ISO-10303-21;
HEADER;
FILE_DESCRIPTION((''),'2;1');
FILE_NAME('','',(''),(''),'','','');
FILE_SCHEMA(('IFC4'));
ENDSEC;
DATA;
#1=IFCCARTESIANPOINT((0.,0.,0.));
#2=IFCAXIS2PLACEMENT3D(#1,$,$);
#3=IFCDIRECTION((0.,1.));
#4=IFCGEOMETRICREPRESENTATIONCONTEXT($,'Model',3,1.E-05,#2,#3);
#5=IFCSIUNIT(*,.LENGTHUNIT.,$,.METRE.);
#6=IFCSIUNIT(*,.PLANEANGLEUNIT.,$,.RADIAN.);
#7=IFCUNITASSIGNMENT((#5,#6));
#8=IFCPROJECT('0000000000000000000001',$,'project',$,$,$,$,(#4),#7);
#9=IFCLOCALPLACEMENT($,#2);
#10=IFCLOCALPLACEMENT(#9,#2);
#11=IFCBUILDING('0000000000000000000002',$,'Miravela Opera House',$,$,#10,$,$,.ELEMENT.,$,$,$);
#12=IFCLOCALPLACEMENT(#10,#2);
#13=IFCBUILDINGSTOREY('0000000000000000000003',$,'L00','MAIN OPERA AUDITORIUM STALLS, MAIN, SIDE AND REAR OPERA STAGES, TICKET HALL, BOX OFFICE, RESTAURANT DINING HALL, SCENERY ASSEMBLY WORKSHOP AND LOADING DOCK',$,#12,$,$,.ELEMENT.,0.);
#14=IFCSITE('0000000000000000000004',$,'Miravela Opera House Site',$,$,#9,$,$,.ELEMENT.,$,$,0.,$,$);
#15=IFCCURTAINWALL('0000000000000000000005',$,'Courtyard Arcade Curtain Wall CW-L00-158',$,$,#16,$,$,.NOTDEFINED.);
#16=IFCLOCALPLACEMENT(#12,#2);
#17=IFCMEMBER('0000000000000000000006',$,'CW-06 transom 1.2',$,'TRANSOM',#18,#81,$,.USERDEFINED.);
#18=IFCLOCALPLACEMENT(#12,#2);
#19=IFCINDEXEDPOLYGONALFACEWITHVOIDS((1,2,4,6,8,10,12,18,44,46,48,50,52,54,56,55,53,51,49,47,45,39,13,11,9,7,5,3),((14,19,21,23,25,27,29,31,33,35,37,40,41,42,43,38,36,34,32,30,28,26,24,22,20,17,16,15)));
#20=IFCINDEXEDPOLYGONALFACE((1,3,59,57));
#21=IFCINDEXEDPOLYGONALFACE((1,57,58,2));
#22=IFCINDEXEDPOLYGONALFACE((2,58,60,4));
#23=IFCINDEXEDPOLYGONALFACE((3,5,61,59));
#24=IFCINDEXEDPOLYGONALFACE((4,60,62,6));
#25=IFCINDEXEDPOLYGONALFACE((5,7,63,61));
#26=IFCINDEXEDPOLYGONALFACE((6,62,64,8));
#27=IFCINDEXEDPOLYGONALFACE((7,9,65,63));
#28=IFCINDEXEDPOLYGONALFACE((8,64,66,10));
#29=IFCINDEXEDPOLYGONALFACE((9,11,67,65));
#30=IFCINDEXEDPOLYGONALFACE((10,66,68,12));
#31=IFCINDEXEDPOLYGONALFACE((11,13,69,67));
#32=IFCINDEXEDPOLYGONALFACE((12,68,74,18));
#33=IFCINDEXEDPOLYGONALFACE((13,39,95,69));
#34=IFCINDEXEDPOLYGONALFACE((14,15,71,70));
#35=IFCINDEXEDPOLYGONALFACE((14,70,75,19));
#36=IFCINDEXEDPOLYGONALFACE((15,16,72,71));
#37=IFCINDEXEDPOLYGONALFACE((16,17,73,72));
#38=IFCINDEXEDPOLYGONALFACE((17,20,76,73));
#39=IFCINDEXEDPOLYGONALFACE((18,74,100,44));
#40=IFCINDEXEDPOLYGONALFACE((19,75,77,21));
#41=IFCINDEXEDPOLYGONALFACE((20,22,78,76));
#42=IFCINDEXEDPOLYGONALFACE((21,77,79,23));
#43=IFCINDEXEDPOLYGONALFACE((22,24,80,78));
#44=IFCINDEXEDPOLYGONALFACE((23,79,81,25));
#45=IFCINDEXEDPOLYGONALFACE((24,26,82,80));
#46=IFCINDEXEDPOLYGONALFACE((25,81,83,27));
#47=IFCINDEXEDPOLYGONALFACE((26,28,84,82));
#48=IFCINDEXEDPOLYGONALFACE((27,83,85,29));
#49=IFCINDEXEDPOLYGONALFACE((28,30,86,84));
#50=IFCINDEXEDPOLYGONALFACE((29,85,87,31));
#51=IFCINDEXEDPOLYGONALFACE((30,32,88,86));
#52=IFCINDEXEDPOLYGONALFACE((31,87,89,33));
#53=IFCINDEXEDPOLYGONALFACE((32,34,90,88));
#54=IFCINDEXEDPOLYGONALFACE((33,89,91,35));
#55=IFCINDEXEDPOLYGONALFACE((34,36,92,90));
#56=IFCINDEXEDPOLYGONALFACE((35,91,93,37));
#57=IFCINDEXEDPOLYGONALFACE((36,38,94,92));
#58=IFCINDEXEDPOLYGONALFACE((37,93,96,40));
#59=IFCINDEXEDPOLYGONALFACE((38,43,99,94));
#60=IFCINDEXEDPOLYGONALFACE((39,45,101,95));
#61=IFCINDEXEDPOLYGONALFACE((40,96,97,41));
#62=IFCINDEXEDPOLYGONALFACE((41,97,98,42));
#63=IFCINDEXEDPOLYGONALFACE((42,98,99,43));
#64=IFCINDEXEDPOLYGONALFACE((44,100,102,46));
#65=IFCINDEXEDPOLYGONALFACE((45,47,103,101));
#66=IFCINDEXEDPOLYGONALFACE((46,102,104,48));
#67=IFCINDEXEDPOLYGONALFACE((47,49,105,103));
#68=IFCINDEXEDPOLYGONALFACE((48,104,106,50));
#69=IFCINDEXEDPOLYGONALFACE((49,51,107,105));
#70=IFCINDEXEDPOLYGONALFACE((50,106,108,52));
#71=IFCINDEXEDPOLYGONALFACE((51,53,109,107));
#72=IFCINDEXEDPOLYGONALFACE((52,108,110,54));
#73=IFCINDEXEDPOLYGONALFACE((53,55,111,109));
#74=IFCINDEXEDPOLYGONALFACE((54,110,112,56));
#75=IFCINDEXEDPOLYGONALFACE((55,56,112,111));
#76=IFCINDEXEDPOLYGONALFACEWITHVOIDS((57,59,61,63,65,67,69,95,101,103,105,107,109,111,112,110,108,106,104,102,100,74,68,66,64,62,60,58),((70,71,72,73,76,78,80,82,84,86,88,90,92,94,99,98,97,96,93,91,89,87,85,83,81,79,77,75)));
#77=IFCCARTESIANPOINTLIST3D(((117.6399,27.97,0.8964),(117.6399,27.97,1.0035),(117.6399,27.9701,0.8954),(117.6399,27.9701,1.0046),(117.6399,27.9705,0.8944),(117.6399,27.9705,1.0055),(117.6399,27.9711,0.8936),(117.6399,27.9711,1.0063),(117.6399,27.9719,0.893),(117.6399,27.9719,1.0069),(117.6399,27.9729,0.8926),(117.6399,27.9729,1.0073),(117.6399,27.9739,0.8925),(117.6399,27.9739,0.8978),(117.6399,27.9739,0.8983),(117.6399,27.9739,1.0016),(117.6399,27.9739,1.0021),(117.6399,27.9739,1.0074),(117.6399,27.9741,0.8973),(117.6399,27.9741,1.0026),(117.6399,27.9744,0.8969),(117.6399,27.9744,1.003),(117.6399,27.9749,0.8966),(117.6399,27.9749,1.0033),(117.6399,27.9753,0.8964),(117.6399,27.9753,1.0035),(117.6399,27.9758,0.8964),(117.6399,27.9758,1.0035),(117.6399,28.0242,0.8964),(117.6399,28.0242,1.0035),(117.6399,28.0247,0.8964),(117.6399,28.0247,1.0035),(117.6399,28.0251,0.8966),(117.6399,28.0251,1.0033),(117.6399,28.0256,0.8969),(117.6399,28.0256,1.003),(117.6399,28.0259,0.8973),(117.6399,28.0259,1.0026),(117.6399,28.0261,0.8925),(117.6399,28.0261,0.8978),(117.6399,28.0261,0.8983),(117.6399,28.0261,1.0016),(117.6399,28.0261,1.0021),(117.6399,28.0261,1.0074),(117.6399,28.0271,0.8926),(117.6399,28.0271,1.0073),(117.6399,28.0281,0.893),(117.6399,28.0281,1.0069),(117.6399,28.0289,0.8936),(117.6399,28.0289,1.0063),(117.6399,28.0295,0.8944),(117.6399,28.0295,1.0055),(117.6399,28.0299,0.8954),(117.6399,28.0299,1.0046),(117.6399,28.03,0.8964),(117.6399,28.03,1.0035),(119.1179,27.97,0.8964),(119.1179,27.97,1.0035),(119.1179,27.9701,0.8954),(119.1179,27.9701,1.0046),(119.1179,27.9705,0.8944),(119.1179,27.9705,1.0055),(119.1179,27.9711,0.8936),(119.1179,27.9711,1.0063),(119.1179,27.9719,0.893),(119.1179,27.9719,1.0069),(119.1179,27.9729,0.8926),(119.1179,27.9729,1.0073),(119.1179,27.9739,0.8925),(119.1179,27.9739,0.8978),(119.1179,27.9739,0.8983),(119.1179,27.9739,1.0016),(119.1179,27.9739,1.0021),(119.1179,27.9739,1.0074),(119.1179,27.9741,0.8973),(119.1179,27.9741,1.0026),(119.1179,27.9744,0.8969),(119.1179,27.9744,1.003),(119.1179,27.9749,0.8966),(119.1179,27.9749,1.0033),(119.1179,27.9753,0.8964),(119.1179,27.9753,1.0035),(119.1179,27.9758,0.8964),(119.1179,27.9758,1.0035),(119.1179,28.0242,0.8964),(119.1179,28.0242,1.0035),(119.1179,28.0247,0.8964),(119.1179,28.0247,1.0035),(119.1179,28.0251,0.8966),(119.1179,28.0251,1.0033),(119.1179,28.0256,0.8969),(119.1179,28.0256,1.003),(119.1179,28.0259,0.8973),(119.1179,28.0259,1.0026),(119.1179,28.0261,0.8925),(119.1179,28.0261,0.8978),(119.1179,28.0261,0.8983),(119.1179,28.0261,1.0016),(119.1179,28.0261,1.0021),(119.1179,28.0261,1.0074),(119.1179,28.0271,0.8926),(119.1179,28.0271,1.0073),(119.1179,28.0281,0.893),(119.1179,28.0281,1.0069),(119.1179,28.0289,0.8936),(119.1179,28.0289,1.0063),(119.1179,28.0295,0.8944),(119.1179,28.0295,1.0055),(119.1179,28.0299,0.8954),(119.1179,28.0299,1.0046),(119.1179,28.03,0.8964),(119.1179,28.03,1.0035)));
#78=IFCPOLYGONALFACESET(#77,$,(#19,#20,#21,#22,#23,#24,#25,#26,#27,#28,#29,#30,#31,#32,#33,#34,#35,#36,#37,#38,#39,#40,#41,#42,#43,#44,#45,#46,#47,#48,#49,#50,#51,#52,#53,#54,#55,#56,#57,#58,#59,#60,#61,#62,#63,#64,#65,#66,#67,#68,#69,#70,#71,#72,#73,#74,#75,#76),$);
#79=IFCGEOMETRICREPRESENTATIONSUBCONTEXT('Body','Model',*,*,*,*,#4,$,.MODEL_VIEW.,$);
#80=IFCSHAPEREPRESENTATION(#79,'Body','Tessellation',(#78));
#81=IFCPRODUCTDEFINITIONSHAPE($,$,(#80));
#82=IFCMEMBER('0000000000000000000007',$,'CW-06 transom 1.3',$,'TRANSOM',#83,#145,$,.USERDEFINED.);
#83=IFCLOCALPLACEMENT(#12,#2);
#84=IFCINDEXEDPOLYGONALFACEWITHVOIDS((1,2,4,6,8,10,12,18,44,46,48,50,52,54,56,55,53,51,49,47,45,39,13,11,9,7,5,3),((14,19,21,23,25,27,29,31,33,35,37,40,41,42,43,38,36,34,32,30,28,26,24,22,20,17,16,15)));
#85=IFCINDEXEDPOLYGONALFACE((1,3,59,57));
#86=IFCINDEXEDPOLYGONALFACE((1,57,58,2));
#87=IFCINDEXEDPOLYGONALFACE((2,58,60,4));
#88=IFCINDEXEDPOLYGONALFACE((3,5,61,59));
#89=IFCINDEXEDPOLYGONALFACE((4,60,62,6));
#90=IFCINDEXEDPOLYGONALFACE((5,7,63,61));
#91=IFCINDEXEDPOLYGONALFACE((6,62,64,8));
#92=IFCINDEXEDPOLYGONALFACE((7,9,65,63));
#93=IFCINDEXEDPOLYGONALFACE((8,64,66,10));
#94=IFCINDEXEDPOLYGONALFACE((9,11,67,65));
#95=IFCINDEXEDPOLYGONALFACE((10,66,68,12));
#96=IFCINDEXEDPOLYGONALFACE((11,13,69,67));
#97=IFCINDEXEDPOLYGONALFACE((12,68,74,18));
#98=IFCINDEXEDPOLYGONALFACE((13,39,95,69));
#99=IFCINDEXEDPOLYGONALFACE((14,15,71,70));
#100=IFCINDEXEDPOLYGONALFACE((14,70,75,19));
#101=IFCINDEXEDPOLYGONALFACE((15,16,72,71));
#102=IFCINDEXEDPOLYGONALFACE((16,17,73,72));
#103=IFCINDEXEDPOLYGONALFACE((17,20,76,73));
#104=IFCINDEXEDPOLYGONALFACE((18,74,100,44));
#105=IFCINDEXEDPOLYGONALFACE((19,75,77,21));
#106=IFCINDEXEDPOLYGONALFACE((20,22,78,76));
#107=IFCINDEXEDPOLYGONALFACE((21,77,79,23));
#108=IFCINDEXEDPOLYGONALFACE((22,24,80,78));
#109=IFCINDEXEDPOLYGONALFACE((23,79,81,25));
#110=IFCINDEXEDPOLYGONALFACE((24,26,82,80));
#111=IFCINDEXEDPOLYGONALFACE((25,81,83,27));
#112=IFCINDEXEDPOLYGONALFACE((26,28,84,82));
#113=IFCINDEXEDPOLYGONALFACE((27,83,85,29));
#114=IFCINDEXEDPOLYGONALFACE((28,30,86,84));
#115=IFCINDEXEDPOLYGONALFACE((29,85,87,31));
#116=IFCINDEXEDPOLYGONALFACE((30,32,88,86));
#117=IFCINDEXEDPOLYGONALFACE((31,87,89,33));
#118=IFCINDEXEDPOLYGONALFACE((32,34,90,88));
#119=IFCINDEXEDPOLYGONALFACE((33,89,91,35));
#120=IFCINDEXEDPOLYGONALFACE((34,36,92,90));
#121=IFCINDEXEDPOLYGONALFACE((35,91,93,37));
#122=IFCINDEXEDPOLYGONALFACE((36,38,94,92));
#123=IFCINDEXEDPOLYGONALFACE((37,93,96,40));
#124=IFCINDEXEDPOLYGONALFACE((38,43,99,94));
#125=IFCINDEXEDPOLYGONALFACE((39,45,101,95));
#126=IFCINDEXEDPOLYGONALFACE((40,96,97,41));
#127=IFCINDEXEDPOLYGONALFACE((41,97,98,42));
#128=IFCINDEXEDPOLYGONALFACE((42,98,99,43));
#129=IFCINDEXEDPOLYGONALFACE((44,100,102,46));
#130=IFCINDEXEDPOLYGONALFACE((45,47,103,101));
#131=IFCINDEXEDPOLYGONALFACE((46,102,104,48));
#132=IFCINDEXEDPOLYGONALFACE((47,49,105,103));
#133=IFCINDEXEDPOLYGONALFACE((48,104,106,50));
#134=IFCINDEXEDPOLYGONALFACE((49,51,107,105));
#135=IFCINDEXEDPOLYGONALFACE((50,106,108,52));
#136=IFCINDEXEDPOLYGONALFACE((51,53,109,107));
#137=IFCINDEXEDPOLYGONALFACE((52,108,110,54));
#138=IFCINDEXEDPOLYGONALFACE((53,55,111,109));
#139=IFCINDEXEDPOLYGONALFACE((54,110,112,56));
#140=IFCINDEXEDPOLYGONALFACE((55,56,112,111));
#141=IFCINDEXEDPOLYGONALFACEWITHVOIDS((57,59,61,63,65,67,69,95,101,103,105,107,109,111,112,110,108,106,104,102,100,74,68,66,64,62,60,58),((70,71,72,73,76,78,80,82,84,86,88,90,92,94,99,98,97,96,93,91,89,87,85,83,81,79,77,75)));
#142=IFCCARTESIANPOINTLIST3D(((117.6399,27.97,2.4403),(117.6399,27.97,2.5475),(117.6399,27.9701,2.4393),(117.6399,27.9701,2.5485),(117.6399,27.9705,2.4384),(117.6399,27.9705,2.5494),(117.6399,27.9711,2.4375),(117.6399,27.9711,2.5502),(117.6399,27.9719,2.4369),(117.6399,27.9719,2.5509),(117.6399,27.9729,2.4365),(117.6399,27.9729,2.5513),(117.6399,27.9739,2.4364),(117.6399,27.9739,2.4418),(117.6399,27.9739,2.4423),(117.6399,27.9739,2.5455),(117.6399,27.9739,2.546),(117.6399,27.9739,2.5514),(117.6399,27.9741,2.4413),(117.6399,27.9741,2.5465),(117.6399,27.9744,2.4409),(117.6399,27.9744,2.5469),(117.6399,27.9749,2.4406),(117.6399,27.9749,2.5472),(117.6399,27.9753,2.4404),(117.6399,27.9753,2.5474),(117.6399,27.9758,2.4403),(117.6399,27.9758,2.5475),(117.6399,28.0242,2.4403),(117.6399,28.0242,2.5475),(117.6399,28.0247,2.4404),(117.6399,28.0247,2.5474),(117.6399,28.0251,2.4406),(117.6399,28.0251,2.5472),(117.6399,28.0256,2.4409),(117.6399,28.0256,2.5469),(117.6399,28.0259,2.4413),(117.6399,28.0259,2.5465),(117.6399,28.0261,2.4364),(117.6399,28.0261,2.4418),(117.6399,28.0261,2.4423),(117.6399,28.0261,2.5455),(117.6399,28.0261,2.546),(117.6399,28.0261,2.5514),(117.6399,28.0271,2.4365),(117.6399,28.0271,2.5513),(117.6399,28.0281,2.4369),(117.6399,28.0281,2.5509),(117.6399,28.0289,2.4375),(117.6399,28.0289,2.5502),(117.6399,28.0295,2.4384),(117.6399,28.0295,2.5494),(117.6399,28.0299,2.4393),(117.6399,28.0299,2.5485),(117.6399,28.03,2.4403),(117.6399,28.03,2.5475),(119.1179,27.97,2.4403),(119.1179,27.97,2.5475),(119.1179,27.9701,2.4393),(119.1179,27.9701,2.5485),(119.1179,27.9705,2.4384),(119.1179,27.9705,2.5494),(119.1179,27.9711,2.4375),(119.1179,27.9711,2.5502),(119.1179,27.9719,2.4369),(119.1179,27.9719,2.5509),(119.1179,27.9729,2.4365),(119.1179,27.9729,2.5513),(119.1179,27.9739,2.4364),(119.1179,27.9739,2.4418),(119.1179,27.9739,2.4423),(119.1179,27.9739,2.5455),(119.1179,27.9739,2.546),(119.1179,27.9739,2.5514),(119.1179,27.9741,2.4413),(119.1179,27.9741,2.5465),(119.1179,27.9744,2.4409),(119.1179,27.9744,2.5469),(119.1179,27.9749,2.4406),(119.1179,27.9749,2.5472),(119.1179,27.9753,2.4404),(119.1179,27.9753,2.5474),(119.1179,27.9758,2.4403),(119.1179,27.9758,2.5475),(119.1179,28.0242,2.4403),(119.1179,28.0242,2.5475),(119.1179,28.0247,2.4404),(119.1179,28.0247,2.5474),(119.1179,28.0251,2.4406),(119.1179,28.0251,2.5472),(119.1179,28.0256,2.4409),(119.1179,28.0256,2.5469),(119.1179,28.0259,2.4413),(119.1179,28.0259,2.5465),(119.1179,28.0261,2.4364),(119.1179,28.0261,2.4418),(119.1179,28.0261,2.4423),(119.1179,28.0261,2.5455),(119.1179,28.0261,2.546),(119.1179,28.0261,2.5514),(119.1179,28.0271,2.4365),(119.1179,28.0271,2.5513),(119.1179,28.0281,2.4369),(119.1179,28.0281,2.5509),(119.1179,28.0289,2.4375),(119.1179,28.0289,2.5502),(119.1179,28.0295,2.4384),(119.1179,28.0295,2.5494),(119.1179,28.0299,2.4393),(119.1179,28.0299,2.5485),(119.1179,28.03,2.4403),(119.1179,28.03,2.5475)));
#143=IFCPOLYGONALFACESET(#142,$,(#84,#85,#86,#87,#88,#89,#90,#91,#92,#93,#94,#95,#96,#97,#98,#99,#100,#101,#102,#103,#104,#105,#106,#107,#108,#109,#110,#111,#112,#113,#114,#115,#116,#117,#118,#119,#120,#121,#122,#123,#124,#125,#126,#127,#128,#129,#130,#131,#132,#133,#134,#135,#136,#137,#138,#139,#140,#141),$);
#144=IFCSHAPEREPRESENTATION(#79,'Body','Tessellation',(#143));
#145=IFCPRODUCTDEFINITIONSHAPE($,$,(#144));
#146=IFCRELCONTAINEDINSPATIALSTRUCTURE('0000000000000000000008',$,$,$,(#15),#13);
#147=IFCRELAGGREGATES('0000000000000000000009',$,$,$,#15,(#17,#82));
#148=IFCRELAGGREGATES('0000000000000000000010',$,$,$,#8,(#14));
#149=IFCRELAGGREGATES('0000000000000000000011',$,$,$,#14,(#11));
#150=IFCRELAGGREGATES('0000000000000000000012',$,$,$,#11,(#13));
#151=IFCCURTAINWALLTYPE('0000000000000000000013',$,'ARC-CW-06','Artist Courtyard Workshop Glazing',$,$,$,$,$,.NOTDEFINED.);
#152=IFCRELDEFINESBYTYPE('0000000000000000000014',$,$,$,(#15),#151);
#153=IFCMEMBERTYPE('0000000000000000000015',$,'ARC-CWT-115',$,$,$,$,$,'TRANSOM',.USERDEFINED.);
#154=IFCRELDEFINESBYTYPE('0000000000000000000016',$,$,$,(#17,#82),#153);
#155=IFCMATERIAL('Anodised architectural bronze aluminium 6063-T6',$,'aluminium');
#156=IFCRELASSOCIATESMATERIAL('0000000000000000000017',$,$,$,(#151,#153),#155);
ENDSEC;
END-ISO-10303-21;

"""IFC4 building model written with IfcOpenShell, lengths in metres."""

from ifc_helpers import new_model, si_unit, direction, frame, origin, origin_2d, place, context, subcontext, project, spatial, hollow_rectangle, extrude, material, material_profile, profile_set, type_object, element, aggregate, save


model = new_model("IFC4")

# Units and contexts
model_context = context("Model", 3, precision=1e-05, world=origin(), true_north=direction((0.0, 1.0)))
body_context = subcontext(model_context, "Body", "Model", "MODEL_VIEW")
ifc_project = project(units=[si_unit("LENGTHUNIT", "METRE"), si_unit("PLANEANGLEUNIT", "RADIAN")], contexts=[model_context])

# Site, building, storey
site_placement = place(None, origin())
site = spatial("IfcSite", under=ifc_project, at=site_placement, Name="Miravela Opera House Site", CompositionType="ELEMENT", RefElevation=0.0)
building_placement = place(site_placement, origin())
building = spatial("IfcBuilding", under=site, at=building_placement, Name="Miravela Opera House", CompositionType="ELEMENT")
storey_placement = place(building_placement, origin())
storey = spatial("IfcBuildingStorey", under=building, at=storey_placement, Name="L00", Description="MAIN OPERA AUDITORIUM STALLS, MAIN, SIDE AND REAR OPERA STAGES, TICKET HALL, BOX OFFICE, RESTAURANT DINING HALL, SCENERY ASSEMBLY WORKSHOP AND LOADING DOCK", CompositionType="ELEMENT", Elevation=0.0)

# Curtain wall, members
ifc_material_1 = material(Name="Anodised architectural bronze aluminium 6063-T6", Category="aluminium")
curtain_wall_type = type_object("IfcCurtainWallType", Name="ARC-CW-06", Description="Artist Courtyard Workshop Glazing", PredefinedType="NOTDEFINED", material=ifc_material_1)
curtain_wall_1_placement = place(storey_placement, origin())
curtain_wall_1 = element("IfcCurtainWall", 1, at=curtain_wall_1_placement, inside=storey, type_object=curtain_wall_type, Name="Courtyard Arcade Curtain Wall CW-L00-158", PredefinedType="NOTDEFINED")
ifc_material_profile_1 = material_profile(ifc_material_1, hollow_rectangle(XDim=0.0601, YDim=0.115, WallThickness=0.0039, InnerFilletRadius=0.002, OuterFilletRadius=0.0039, at=origin_2d()), Name="CWT-60X115")
ifc_profile_set_1 = profile_set([ifc_material_profile_1])
member_type_1 = type_object("IfcMemberType", Name="ARC-CWT-115", ElementType="TRANSOM", PredefinedType="USERDEFINED", material=ifc_profile_set_1)
member_1_placement = place(storey_placement, frame((117.6399, 28.0, 0.95), z_axis=(1.0, 0.0, 0.0), x_axis=(0.0, 1.0, 0.0)))
member_1 = element("IfcMember", 2, at=member_1_placement, type_object=member_type_1, Name="CW-06 transom 1.2", ObjectType="TRANSOM", PredefinedType="USERDEFINED", context=body_context, shape_type="SweptSolid", body=[
    extrude(hollow_rectangle(XDim=0.0601, YDim=0.115, WallThickness=0.0039, InnerFilletRadius=0.002, OuterFilletRadius=0.0039, at=origin_2d()), origin(), (0.0, 0.0, 1.0), 1.478),
])
member_2_placement = place(storey_placement, frame((117.6399, 28.0, 2.4939), z_axis=(1.0, 0.0, 0.0), x_axis=(0.0, 1.0, 0.0)))
member_2 = element("IfcMember", 3, at=member_2_placement, type_object=member_type_1, Name="CW-06 transom 1.3", ObjectType="TRANSOM", PredefinedType="USERDEFINED", context=body_context, shape_type="SweptSolid", body=[
    extrude(hollow_rectangle(XDim=0.0601, YDim=0.115, WallThickness=0.0039, InnerFilletRadius=0.002, OuterFilletRadius=0.0039, at=origin_2d()), origin(), (0.0, 0.0, 1.0), 1.478),
])
aggregate(curtain_wall_1, [member_1, member_2])

save(model, "model.ifc")
